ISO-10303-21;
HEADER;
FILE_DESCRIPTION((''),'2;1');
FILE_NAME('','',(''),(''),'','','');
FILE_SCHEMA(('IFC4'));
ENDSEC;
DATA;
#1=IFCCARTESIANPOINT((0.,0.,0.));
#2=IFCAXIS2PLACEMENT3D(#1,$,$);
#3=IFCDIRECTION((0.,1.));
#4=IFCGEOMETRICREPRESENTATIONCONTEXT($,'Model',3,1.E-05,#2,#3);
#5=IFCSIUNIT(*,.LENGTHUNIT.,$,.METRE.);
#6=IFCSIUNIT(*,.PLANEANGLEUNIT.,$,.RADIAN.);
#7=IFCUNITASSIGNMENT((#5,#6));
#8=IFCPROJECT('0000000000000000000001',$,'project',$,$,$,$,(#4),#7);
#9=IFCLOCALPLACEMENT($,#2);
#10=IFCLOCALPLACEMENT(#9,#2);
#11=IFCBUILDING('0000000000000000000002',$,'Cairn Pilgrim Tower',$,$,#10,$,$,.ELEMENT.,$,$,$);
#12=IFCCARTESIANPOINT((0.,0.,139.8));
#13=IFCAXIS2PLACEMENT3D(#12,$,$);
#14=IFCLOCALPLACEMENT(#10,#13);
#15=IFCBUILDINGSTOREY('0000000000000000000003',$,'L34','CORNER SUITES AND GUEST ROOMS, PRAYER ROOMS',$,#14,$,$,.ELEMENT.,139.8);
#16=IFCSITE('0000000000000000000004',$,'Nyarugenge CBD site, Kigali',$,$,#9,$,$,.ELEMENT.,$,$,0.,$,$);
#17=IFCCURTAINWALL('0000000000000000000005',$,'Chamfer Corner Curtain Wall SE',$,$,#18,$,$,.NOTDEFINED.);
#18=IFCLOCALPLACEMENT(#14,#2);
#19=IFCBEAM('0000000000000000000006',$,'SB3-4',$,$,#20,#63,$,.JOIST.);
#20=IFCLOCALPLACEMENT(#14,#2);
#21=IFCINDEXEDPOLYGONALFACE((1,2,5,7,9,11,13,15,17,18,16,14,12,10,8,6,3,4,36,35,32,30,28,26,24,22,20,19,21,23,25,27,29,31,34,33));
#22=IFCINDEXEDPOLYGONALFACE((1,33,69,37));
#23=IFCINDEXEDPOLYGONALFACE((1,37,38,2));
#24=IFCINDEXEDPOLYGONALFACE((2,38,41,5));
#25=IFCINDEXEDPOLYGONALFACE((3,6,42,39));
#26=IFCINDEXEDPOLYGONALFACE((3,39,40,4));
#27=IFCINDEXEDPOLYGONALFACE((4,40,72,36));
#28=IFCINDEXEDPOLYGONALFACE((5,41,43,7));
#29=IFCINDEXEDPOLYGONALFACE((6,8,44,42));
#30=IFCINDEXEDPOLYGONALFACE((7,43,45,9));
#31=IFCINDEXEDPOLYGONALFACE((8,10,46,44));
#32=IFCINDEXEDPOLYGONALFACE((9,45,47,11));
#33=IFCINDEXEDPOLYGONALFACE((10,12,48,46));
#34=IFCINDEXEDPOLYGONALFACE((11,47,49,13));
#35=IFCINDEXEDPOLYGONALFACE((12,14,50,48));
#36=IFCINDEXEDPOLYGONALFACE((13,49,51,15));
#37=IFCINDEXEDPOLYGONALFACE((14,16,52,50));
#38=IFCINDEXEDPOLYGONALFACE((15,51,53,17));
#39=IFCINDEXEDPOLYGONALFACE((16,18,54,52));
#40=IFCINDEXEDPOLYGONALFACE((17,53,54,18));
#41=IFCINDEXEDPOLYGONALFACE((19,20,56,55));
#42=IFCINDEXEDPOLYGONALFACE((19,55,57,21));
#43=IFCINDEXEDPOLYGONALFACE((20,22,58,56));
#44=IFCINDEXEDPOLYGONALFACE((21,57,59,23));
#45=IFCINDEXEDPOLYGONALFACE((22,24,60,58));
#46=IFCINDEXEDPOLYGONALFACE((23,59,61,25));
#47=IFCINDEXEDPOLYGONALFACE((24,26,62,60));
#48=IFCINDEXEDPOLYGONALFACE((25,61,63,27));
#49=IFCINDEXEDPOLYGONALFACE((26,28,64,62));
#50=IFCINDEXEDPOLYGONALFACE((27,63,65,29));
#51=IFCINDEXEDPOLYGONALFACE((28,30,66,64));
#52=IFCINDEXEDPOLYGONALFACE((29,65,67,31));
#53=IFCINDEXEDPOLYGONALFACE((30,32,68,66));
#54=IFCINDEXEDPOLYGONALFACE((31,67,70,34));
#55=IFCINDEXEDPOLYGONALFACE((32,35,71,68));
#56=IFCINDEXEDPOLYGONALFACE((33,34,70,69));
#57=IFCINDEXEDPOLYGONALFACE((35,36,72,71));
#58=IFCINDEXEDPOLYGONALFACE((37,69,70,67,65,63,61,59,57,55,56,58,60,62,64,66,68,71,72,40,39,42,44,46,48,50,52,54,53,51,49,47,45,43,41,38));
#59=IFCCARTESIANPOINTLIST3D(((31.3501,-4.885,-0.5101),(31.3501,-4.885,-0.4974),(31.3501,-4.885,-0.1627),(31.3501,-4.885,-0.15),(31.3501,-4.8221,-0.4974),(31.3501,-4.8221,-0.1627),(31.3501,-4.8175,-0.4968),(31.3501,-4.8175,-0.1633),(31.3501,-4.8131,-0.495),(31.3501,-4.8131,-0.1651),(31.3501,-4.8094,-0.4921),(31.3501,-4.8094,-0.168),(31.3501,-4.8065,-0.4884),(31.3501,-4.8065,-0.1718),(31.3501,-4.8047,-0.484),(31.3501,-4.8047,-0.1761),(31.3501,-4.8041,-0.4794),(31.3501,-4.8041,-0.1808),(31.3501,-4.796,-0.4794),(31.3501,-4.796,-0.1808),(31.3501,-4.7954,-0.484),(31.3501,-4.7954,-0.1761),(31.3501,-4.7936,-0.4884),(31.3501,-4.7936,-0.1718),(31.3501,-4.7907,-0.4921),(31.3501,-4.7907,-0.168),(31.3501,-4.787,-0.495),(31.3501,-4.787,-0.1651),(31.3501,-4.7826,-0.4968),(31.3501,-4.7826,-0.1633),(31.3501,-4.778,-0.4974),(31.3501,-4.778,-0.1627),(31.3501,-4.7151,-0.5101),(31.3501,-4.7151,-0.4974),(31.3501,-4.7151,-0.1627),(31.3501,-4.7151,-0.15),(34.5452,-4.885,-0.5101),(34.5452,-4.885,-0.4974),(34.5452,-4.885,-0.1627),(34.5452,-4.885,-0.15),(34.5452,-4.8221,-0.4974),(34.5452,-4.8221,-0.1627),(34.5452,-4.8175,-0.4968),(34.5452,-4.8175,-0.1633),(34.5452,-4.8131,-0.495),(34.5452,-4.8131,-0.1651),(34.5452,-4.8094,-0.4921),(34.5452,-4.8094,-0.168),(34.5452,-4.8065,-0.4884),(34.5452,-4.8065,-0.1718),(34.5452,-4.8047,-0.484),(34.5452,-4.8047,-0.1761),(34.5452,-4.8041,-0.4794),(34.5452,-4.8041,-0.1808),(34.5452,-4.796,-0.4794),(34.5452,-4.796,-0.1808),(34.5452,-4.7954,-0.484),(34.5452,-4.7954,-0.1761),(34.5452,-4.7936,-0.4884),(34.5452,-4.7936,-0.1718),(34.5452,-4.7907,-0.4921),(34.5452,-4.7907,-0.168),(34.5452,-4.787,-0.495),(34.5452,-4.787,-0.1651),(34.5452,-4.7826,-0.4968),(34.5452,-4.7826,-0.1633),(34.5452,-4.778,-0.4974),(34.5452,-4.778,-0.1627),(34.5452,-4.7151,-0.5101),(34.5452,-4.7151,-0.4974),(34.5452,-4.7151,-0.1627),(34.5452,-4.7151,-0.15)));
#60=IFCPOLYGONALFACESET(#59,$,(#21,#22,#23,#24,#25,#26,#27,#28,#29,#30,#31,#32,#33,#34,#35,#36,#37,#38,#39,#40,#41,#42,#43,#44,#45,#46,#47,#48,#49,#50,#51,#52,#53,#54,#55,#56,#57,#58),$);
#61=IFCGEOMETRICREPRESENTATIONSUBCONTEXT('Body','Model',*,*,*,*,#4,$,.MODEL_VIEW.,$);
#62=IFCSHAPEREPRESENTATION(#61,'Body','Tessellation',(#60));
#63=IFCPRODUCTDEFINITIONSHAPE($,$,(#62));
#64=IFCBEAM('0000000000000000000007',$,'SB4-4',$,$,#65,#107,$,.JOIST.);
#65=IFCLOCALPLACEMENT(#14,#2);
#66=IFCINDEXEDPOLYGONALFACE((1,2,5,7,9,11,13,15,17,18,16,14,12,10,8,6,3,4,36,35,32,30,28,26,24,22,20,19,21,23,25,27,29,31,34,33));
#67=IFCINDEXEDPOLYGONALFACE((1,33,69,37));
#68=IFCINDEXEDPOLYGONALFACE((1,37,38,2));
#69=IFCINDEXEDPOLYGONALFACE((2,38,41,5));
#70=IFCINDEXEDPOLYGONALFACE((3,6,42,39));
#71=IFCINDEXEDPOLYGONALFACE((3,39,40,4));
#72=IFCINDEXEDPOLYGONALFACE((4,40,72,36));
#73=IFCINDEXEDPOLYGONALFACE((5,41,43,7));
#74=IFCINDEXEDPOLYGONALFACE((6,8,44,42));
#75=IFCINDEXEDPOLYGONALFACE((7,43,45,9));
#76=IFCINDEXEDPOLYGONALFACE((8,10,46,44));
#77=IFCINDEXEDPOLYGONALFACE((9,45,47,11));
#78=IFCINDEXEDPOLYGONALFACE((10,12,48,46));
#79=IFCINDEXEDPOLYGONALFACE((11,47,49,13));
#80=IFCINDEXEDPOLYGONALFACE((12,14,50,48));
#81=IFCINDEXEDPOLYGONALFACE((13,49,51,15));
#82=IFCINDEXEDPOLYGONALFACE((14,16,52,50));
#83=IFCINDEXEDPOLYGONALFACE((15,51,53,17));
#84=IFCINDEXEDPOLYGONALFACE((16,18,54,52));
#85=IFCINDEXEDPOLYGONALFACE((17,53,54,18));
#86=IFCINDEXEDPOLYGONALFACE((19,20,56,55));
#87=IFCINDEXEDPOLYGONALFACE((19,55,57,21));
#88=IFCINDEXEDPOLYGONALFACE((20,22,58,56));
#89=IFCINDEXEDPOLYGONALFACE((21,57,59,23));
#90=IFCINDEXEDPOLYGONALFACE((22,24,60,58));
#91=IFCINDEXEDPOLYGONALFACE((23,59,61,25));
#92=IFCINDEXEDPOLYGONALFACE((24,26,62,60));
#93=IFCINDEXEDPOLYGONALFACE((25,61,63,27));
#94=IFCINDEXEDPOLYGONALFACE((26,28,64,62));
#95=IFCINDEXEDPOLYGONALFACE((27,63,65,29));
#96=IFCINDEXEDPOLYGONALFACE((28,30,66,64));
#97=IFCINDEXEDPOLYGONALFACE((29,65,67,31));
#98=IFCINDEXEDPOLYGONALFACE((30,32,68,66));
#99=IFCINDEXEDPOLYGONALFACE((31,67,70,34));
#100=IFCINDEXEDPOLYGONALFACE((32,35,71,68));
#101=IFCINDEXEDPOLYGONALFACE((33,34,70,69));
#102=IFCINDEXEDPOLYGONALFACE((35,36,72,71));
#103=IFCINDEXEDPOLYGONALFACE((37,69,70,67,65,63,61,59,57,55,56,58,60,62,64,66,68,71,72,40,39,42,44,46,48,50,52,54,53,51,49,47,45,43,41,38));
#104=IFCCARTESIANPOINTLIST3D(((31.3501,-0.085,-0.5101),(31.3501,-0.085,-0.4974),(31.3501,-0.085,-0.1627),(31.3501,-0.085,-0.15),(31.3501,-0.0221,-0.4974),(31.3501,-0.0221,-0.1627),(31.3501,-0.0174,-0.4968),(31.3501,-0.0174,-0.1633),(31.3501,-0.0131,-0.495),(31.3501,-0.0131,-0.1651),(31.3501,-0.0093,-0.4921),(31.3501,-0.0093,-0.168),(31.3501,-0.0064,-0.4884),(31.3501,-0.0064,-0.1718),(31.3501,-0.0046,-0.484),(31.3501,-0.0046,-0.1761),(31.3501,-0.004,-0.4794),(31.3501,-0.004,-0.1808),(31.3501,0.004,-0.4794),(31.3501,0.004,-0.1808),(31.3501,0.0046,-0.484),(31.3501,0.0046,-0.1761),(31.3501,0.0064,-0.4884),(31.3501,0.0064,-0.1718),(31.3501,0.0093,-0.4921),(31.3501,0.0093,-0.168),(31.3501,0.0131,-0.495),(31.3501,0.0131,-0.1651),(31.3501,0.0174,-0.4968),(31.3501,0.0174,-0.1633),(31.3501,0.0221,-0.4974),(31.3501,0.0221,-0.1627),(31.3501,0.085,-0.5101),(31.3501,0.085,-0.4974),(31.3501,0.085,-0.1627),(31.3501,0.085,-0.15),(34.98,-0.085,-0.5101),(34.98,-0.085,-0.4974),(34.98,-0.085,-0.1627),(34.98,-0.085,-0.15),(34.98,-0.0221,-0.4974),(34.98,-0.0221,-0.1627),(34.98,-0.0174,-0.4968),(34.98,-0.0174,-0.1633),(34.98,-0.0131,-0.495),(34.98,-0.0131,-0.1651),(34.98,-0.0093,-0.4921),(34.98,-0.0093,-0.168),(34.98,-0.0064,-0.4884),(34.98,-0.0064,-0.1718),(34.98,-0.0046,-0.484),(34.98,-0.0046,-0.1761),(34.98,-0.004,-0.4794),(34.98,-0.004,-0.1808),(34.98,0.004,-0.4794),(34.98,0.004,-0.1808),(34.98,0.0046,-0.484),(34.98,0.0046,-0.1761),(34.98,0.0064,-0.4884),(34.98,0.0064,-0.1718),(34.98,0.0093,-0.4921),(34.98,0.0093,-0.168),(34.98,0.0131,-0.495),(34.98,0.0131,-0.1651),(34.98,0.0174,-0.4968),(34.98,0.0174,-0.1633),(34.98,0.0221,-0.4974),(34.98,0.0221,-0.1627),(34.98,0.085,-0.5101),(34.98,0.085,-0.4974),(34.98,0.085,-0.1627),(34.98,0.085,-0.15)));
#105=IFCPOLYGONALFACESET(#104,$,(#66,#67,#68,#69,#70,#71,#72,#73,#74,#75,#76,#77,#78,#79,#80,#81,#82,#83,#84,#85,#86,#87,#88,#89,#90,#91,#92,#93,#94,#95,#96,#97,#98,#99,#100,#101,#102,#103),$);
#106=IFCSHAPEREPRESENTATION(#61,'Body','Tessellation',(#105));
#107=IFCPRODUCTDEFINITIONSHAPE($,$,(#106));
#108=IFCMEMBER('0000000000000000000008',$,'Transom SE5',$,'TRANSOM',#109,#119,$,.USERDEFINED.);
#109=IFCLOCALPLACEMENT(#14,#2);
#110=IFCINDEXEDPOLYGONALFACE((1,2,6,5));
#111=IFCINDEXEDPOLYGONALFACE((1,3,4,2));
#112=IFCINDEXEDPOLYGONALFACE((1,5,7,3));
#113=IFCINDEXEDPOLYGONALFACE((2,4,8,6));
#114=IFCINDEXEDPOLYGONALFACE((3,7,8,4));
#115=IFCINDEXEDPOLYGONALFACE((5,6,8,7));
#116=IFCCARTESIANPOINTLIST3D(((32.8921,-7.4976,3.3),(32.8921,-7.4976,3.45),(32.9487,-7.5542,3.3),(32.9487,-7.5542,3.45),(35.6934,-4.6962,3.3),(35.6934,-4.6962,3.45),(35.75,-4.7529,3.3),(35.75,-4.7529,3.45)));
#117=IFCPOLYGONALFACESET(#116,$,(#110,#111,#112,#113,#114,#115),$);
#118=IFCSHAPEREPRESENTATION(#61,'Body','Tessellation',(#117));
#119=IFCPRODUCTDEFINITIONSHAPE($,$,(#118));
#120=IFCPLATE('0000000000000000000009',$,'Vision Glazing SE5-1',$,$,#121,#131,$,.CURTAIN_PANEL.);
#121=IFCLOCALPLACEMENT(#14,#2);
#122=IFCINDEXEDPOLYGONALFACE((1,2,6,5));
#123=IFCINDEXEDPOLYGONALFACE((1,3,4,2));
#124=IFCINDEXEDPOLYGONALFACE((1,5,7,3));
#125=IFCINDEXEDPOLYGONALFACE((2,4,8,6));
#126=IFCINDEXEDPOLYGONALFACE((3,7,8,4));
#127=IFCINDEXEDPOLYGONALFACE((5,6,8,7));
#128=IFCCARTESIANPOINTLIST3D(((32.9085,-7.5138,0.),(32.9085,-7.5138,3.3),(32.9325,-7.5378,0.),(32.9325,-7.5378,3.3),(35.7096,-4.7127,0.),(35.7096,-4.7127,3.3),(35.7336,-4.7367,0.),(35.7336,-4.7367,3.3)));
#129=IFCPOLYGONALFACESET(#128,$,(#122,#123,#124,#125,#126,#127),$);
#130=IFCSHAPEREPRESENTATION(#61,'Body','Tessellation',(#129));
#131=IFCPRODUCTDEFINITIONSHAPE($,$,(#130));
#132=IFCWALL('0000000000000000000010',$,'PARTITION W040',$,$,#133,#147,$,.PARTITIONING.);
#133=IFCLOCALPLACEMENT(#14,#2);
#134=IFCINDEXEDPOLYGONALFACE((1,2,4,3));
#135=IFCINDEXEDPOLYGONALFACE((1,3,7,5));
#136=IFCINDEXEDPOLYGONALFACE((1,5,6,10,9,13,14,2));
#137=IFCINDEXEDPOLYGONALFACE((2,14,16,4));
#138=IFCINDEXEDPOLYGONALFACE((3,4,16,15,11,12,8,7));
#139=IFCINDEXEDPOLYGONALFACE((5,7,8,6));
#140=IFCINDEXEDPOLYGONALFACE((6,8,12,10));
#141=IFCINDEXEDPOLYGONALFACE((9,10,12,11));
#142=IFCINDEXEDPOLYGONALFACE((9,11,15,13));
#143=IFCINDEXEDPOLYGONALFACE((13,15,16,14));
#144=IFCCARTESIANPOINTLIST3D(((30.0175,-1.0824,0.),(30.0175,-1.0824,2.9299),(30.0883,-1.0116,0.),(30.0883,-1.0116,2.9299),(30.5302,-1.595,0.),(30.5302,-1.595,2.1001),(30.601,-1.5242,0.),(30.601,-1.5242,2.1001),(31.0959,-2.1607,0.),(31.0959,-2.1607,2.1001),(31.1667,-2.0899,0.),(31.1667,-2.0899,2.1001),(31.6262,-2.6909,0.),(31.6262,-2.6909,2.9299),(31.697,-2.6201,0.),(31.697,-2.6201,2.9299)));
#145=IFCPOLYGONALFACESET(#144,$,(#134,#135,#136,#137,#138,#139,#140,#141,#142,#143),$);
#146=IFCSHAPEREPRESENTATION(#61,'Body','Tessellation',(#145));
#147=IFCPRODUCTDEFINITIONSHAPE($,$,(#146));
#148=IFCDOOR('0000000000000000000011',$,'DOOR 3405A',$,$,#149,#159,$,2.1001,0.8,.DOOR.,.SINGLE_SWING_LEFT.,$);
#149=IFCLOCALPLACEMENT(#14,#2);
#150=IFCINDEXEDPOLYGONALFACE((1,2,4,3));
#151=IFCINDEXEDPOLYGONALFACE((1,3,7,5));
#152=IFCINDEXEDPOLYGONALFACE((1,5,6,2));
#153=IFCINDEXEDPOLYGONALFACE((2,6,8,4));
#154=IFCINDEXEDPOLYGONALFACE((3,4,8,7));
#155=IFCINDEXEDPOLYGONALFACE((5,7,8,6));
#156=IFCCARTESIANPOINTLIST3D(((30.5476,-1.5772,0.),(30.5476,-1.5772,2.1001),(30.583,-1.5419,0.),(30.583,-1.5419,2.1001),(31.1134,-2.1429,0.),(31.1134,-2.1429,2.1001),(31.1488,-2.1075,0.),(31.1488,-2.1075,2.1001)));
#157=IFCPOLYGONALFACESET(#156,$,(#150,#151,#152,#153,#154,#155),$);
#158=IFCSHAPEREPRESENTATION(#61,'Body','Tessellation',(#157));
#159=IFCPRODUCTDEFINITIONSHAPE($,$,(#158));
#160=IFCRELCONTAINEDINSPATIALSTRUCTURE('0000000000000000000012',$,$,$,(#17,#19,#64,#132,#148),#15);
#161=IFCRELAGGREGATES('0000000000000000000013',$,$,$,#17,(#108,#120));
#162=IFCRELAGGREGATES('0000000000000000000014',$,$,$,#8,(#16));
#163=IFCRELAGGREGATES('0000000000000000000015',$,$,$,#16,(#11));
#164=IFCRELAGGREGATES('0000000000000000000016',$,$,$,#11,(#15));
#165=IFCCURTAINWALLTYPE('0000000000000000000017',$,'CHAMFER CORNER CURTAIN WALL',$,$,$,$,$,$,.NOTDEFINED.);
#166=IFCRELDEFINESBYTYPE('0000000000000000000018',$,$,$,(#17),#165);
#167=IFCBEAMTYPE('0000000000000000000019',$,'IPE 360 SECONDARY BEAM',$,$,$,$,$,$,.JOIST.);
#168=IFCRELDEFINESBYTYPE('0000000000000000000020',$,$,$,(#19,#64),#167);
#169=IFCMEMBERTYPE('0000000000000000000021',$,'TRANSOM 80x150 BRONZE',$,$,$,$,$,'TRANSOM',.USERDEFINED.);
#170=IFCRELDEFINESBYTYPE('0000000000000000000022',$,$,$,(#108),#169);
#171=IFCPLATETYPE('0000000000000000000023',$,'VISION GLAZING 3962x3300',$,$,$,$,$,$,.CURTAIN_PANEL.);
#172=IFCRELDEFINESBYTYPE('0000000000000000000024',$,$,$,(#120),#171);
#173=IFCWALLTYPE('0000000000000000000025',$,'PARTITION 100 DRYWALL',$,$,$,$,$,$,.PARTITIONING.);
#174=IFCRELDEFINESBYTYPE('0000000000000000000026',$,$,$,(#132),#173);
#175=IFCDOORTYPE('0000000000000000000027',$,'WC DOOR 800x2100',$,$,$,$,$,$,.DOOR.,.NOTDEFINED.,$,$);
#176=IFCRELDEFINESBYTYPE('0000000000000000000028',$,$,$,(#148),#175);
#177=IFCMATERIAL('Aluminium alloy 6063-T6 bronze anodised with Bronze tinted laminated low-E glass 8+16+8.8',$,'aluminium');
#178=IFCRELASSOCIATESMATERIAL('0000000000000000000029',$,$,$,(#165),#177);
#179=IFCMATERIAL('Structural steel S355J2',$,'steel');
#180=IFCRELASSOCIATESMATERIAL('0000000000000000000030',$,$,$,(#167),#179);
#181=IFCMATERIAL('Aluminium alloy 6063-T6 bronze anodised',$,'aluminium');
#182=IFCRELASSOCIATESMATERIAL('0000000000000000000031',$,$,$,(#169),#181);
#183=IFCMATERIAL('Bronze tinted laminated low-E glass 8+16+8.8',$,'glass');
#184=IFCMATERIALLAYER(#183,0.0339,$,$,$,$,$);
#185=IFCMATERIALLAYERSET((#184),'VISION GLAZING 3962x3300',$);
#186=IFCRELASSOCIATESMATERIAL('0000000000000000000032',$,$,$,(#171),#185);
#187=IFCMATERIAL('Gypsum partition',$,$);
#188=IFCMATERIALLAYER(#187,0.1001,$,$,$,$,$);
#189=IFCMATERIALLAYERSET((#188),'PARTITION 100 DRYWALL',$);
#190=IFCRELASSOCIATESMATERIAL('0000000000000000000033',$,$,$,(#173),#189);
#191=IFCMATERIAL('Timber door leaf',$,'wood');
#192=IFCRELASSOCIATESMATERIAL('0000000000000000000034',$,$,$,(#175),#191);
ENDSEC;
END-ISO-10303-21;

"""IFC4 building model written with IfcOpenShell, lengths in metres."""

from ifc_helpers import new_model, si_unit, direction, frame, frame_2d, origin, origin_2d, place, context, subcontext, project, spatial, rectangle, i_section, extrude, material, layer, layer_set, material_profile, profile_set, type_object, element, fill, aggregate, save


model = new_model("IFC4")

# Units and contexts
model_context = context("Model", 3, precision=1e-05, world=origin(), true_north=direction((0.0, 1.0)))
body_context = subcontext(model_context, "Body", "Model", "MODEL_VIEW")
ifc_project = project(units=[si_unit("LENGTHUNIT", "METRE"), si_unit("PLANEANGLEUNIT", "RADIAN")], contexts=[model_context])

# Site, building, storey
site_placement = place(None, origin())
site = spatial("IfcSite", under=ifc_project, at=site_placement, Name="Nyarugenge CBD site, Kigali", CompositionType="ELEMENT", RefElevation=0.0)
building_placement = place(site_placement, origin())
building = spatial("IfcBuilding", under=site, at=building_placement, Name="Cairn Pilgrim Tower", CompositionType="ELEMENT")
storey_placement = place(building_placement, frame((0.0, 0.0, 139.8)))
storey = spatial("IfcBuildingStorey", under=building, at=storey_placement, Name="L34", Description="CORNER SUITES AND GUEST ROOMS, PRAYER ROOMS", CompositionType="ELEMENT", Elevation=139.8)

# Curtain wall
ifc_material_1 = material(Name="Aluminium alloy 6063-T6 bronze anodised with Bronze tinted laminated low-E glass 8+16+8.8", Category="aluminium")
curtain_wall_type_1 = type_object("IfcCurtainWallType", Name="CHAMFER CORNER CURTAIN WALL", PredefinedType="NOTDEFINED", material=ifc_material_1)
curtain_wall_1_placement = place(storey_placement, origin())
curtain_wall_1 = element("IfcCurtainWall", 1, at=curtain_wall_1_placement, inside=storey, type_object=curtain_wall_type_1, Name="Chamfer Corner Curtain Wall SE", PredefinedType="NOTDEFINED")
ifc_material_2 = material(Name="Aluminium alloy 6063-T6 bronze anodised", Category="aluminium")

# Beams
ifc_material_3 = material(Name="Structural steel S355J2", Category="steel")
ifc_material_profile_1 = material_profile(ifc_material_3, i_section(OverallWidth=0.1699, OverallDepth=0.3601, WebThickness=0.0081, FlangeThickness=0.0127, FilletRadius=0.0181, at=origin_2d()), Name="IPE 360")
ifc_profile_set_1 = profile_set([ifc_material_profile_1], Name="Structural steel S355J2")
beam_type_1 = type_object("IfcBeamType", Name="IPE 360 SECONDARY BEAM", PredefinedType="JOIST", material=ifc_profile_set_1)
beam_1_placement = place(storey_placement, frame((31.3501, -4.8, -0.3301), z_axis=(1.0, 0.0, 0.0), x_axis=(0.0, 1.0, 0.0)))
element("IfcBeam", 2, at=beam_1_placement, inside=storey, type_object=beam_type_1, Name="SB3-4", PredefinedType="JOIST", context=body_context, shape_type="SweptSolid", body=[
    extrude(i_section(OverallWidth=0.1699, OverallDepth=0.3601, WebThickness=0.0081, FlangeThickness=0.0127, FilletRadius=0.0181, at=origin_2d()), origin(), (0.0, 0.0, 1.0), 3.1951),
])
beam_2_placement = place(storey_placement, frame((31.3501, 0.0, -0.3301), z_axis=(1.0, 0.0, 0.0), x_axis=(0.0, 1.0, 0.0)))
element("IfcBeam", 3, at=beam_2_placement, inside=storey, type_object=beam_type_1, Name="SB4-4", PredefinedType="JOIST", context=body_context, shape_type="SweptSolid", body=[
    extrude(i_section(OverallWidth=0.1699, OverallDepth=0.3601, WebThickness=0.0081, FlangeThickness=0.0127, FilletRadius=0.0181, at=origin_2d()), origin(), (0.0, 0.0, 1.0), 3.6299),
])

# Member
ifc_material_profile_2 = material_profile(ifc_material_2, rectangle(XDim=0.0801, YDim=0.1499, at=origin_2d()), Name="TRANSOM 80x150 BRONZE")
ifc_profile_set_2 = profile_set([ifc_material_profile_2], Name="Aluminium alloy 6063-T6 bronze anodised")
member_type_1 = type_object("IfcMemberType", Name="TRANSOM 80x150 BRONZE", ElementType="TRANSOM", PredefinedType="USERDEFINED", material=ifc_profile_set_2)
member_1_placement = place(storey_placement, frame((32.9204, -7.5259, 3.375), z_axis=(0.707107, 0.707107, 0.0), x_axis=(-0.707107, 0.707107, 0.0)))
member_1 = element("IfcMember", 4, at=member_1_placement, type_object=member_type_1, Name="Transom SE5", ObjectType="TRANSOM", PredefinedType="USERDEFINED", context=body_context, shape_type="SweptSolid", body=[
    extrude(rectangle(XDim=0.0801, YDim=0.1499, at=origin_2d()), origin(), (0.0, 0.0, 1.0), 3.9617),
])

# Plate
ifc_material_4 = material(Name="Bronze tinted laminated low-E glass 8+16+8.8", Category="glass")
ifc_layer_1 = layer(ifc_material_4, 0.0339)
ifc_layer_set_1 = layer_set([ifc_layer_1], Name="VISION GLAZING 3962x3300")
plate_type = type_object("IfcPlateType", Name="VISION GLAZING 3962x3300", PredefinedType="CURTAIN_PANEL", material=ifc_layer_set_1)
plate_placement = place(storey_placement, frame((34.321, -6.1252, 0.0), z_axis=(0.0, 0.0, 1.0), x_axis=(0.707107, 0.707107, 0.0)))
plate = element("IfcPlate", 5, at=plate_placement, type_object=plate_type, Name="Vision Glazing SE5-1", PredefinedType="CURTAIN_PANEL", context=body_context, shape_type="SweptSolid", body=[
    extrude(rectangle(XDim=3.9614, YDim=0.0339, at=origin_2d()), origin(), (0.0, 0.0, 1.0), 3.3),
])
aggregate(curtain_wall_1, [member_1, plate])

# Wall, opening, door
ifc_material_5 = material(Name="Gypsum partition")
ifc_layer_2 = layer(ifc_material_5, 0.1001)
ifc_layer_set_2 = layer_set([ifc_layer_2], Name="PARTITION 100 DRYWALL")
wall_type_1 = type_object("IfcWallType", Name="PARTITION 100 DRYWALL", PredefinedType="PARTITIONING", material=ifc_layer_set_2)
wall_1_placement = place(storey_placement, frame((31.6616, -2.6555, 0.0), z_axis=(0.0, 0.0, 1.0), x_axis=(-0.70716, 0.707053, 0.0)))
wall_1 = element("IfcWall", 6, at=wall_1_placement, inside=storey, type_object=wall_type_1, Name="PARTITION W040", PredefinedType="PARTITIONING", context=body_context, shape_type="SweptSolid", body=[
    extrude(rectangle(XDim=2.2749, YDim=0.1001, at=frame_2d((1.1375, 0.0))), origin(), (0.0, 0.0, 1.0), 2.9299),
])
opening_1_placement = place(wall_1_placement, frame((0.75, 0.0, 0.0)))
opening_1 = element("IfcOpeningElement", 7, at=opening_1_placement, cuts=wall_1, PredefinedType="OPENING", context=body_context, shape_type="SweptSolid", body=[
    extrude(rectangle(XDim=0.8, YDim=2.1001, at=frame_2d((0.3999, 1.05))), frame((0.0, 0.0601, 0.0), z_axis=(0.0, -1.0, 0.0), x_axis=(1.0, 0.0, 0.0)), (0.0, 0.0, 1.0), 0.1201),
])
ifc_material_6 = material(Name="Timber door leaf", Category="wood")
door_type_1 = type_object("IfcDoorType", Name="WC DOOR 800x2100", OperationType="NOTDEFINED", PredefinedType="DOOR", material=ifc_material_6)
door_1_placement = place(opening_1_placement, frame((0.8, 0.0, 0.0), z_axis=(0.0, 0.0, 1.0), x_axis=(-1.0, 0.0, 0.0)))
door_1 = element("IfcDoor", 8, at=door_1_placement, inside=storey, type_object=door_type_1, Name="DOOR 3405A", OperationType="SINGLE_SWING_LEFT", OverallHeight=2.1001, OverallWidth=0.8, PredefinedType="DOOR", context=body_context, shape_type="SweptSolid", body=[
    extrude(rectangle(XDim=0.8, YDim=2.1001, at=frame_2d((0.3999, 1.05))), frame((0.0, 0.0249, 0.0), z_axis=(0.0, -1.0, 0.0), x_axis=(1.0, 0.0, 0.0)), (0.0, 0.0, 1.0), 0.05),
])
fill(opening_1, door_1)

save(model, "model.ifc")
